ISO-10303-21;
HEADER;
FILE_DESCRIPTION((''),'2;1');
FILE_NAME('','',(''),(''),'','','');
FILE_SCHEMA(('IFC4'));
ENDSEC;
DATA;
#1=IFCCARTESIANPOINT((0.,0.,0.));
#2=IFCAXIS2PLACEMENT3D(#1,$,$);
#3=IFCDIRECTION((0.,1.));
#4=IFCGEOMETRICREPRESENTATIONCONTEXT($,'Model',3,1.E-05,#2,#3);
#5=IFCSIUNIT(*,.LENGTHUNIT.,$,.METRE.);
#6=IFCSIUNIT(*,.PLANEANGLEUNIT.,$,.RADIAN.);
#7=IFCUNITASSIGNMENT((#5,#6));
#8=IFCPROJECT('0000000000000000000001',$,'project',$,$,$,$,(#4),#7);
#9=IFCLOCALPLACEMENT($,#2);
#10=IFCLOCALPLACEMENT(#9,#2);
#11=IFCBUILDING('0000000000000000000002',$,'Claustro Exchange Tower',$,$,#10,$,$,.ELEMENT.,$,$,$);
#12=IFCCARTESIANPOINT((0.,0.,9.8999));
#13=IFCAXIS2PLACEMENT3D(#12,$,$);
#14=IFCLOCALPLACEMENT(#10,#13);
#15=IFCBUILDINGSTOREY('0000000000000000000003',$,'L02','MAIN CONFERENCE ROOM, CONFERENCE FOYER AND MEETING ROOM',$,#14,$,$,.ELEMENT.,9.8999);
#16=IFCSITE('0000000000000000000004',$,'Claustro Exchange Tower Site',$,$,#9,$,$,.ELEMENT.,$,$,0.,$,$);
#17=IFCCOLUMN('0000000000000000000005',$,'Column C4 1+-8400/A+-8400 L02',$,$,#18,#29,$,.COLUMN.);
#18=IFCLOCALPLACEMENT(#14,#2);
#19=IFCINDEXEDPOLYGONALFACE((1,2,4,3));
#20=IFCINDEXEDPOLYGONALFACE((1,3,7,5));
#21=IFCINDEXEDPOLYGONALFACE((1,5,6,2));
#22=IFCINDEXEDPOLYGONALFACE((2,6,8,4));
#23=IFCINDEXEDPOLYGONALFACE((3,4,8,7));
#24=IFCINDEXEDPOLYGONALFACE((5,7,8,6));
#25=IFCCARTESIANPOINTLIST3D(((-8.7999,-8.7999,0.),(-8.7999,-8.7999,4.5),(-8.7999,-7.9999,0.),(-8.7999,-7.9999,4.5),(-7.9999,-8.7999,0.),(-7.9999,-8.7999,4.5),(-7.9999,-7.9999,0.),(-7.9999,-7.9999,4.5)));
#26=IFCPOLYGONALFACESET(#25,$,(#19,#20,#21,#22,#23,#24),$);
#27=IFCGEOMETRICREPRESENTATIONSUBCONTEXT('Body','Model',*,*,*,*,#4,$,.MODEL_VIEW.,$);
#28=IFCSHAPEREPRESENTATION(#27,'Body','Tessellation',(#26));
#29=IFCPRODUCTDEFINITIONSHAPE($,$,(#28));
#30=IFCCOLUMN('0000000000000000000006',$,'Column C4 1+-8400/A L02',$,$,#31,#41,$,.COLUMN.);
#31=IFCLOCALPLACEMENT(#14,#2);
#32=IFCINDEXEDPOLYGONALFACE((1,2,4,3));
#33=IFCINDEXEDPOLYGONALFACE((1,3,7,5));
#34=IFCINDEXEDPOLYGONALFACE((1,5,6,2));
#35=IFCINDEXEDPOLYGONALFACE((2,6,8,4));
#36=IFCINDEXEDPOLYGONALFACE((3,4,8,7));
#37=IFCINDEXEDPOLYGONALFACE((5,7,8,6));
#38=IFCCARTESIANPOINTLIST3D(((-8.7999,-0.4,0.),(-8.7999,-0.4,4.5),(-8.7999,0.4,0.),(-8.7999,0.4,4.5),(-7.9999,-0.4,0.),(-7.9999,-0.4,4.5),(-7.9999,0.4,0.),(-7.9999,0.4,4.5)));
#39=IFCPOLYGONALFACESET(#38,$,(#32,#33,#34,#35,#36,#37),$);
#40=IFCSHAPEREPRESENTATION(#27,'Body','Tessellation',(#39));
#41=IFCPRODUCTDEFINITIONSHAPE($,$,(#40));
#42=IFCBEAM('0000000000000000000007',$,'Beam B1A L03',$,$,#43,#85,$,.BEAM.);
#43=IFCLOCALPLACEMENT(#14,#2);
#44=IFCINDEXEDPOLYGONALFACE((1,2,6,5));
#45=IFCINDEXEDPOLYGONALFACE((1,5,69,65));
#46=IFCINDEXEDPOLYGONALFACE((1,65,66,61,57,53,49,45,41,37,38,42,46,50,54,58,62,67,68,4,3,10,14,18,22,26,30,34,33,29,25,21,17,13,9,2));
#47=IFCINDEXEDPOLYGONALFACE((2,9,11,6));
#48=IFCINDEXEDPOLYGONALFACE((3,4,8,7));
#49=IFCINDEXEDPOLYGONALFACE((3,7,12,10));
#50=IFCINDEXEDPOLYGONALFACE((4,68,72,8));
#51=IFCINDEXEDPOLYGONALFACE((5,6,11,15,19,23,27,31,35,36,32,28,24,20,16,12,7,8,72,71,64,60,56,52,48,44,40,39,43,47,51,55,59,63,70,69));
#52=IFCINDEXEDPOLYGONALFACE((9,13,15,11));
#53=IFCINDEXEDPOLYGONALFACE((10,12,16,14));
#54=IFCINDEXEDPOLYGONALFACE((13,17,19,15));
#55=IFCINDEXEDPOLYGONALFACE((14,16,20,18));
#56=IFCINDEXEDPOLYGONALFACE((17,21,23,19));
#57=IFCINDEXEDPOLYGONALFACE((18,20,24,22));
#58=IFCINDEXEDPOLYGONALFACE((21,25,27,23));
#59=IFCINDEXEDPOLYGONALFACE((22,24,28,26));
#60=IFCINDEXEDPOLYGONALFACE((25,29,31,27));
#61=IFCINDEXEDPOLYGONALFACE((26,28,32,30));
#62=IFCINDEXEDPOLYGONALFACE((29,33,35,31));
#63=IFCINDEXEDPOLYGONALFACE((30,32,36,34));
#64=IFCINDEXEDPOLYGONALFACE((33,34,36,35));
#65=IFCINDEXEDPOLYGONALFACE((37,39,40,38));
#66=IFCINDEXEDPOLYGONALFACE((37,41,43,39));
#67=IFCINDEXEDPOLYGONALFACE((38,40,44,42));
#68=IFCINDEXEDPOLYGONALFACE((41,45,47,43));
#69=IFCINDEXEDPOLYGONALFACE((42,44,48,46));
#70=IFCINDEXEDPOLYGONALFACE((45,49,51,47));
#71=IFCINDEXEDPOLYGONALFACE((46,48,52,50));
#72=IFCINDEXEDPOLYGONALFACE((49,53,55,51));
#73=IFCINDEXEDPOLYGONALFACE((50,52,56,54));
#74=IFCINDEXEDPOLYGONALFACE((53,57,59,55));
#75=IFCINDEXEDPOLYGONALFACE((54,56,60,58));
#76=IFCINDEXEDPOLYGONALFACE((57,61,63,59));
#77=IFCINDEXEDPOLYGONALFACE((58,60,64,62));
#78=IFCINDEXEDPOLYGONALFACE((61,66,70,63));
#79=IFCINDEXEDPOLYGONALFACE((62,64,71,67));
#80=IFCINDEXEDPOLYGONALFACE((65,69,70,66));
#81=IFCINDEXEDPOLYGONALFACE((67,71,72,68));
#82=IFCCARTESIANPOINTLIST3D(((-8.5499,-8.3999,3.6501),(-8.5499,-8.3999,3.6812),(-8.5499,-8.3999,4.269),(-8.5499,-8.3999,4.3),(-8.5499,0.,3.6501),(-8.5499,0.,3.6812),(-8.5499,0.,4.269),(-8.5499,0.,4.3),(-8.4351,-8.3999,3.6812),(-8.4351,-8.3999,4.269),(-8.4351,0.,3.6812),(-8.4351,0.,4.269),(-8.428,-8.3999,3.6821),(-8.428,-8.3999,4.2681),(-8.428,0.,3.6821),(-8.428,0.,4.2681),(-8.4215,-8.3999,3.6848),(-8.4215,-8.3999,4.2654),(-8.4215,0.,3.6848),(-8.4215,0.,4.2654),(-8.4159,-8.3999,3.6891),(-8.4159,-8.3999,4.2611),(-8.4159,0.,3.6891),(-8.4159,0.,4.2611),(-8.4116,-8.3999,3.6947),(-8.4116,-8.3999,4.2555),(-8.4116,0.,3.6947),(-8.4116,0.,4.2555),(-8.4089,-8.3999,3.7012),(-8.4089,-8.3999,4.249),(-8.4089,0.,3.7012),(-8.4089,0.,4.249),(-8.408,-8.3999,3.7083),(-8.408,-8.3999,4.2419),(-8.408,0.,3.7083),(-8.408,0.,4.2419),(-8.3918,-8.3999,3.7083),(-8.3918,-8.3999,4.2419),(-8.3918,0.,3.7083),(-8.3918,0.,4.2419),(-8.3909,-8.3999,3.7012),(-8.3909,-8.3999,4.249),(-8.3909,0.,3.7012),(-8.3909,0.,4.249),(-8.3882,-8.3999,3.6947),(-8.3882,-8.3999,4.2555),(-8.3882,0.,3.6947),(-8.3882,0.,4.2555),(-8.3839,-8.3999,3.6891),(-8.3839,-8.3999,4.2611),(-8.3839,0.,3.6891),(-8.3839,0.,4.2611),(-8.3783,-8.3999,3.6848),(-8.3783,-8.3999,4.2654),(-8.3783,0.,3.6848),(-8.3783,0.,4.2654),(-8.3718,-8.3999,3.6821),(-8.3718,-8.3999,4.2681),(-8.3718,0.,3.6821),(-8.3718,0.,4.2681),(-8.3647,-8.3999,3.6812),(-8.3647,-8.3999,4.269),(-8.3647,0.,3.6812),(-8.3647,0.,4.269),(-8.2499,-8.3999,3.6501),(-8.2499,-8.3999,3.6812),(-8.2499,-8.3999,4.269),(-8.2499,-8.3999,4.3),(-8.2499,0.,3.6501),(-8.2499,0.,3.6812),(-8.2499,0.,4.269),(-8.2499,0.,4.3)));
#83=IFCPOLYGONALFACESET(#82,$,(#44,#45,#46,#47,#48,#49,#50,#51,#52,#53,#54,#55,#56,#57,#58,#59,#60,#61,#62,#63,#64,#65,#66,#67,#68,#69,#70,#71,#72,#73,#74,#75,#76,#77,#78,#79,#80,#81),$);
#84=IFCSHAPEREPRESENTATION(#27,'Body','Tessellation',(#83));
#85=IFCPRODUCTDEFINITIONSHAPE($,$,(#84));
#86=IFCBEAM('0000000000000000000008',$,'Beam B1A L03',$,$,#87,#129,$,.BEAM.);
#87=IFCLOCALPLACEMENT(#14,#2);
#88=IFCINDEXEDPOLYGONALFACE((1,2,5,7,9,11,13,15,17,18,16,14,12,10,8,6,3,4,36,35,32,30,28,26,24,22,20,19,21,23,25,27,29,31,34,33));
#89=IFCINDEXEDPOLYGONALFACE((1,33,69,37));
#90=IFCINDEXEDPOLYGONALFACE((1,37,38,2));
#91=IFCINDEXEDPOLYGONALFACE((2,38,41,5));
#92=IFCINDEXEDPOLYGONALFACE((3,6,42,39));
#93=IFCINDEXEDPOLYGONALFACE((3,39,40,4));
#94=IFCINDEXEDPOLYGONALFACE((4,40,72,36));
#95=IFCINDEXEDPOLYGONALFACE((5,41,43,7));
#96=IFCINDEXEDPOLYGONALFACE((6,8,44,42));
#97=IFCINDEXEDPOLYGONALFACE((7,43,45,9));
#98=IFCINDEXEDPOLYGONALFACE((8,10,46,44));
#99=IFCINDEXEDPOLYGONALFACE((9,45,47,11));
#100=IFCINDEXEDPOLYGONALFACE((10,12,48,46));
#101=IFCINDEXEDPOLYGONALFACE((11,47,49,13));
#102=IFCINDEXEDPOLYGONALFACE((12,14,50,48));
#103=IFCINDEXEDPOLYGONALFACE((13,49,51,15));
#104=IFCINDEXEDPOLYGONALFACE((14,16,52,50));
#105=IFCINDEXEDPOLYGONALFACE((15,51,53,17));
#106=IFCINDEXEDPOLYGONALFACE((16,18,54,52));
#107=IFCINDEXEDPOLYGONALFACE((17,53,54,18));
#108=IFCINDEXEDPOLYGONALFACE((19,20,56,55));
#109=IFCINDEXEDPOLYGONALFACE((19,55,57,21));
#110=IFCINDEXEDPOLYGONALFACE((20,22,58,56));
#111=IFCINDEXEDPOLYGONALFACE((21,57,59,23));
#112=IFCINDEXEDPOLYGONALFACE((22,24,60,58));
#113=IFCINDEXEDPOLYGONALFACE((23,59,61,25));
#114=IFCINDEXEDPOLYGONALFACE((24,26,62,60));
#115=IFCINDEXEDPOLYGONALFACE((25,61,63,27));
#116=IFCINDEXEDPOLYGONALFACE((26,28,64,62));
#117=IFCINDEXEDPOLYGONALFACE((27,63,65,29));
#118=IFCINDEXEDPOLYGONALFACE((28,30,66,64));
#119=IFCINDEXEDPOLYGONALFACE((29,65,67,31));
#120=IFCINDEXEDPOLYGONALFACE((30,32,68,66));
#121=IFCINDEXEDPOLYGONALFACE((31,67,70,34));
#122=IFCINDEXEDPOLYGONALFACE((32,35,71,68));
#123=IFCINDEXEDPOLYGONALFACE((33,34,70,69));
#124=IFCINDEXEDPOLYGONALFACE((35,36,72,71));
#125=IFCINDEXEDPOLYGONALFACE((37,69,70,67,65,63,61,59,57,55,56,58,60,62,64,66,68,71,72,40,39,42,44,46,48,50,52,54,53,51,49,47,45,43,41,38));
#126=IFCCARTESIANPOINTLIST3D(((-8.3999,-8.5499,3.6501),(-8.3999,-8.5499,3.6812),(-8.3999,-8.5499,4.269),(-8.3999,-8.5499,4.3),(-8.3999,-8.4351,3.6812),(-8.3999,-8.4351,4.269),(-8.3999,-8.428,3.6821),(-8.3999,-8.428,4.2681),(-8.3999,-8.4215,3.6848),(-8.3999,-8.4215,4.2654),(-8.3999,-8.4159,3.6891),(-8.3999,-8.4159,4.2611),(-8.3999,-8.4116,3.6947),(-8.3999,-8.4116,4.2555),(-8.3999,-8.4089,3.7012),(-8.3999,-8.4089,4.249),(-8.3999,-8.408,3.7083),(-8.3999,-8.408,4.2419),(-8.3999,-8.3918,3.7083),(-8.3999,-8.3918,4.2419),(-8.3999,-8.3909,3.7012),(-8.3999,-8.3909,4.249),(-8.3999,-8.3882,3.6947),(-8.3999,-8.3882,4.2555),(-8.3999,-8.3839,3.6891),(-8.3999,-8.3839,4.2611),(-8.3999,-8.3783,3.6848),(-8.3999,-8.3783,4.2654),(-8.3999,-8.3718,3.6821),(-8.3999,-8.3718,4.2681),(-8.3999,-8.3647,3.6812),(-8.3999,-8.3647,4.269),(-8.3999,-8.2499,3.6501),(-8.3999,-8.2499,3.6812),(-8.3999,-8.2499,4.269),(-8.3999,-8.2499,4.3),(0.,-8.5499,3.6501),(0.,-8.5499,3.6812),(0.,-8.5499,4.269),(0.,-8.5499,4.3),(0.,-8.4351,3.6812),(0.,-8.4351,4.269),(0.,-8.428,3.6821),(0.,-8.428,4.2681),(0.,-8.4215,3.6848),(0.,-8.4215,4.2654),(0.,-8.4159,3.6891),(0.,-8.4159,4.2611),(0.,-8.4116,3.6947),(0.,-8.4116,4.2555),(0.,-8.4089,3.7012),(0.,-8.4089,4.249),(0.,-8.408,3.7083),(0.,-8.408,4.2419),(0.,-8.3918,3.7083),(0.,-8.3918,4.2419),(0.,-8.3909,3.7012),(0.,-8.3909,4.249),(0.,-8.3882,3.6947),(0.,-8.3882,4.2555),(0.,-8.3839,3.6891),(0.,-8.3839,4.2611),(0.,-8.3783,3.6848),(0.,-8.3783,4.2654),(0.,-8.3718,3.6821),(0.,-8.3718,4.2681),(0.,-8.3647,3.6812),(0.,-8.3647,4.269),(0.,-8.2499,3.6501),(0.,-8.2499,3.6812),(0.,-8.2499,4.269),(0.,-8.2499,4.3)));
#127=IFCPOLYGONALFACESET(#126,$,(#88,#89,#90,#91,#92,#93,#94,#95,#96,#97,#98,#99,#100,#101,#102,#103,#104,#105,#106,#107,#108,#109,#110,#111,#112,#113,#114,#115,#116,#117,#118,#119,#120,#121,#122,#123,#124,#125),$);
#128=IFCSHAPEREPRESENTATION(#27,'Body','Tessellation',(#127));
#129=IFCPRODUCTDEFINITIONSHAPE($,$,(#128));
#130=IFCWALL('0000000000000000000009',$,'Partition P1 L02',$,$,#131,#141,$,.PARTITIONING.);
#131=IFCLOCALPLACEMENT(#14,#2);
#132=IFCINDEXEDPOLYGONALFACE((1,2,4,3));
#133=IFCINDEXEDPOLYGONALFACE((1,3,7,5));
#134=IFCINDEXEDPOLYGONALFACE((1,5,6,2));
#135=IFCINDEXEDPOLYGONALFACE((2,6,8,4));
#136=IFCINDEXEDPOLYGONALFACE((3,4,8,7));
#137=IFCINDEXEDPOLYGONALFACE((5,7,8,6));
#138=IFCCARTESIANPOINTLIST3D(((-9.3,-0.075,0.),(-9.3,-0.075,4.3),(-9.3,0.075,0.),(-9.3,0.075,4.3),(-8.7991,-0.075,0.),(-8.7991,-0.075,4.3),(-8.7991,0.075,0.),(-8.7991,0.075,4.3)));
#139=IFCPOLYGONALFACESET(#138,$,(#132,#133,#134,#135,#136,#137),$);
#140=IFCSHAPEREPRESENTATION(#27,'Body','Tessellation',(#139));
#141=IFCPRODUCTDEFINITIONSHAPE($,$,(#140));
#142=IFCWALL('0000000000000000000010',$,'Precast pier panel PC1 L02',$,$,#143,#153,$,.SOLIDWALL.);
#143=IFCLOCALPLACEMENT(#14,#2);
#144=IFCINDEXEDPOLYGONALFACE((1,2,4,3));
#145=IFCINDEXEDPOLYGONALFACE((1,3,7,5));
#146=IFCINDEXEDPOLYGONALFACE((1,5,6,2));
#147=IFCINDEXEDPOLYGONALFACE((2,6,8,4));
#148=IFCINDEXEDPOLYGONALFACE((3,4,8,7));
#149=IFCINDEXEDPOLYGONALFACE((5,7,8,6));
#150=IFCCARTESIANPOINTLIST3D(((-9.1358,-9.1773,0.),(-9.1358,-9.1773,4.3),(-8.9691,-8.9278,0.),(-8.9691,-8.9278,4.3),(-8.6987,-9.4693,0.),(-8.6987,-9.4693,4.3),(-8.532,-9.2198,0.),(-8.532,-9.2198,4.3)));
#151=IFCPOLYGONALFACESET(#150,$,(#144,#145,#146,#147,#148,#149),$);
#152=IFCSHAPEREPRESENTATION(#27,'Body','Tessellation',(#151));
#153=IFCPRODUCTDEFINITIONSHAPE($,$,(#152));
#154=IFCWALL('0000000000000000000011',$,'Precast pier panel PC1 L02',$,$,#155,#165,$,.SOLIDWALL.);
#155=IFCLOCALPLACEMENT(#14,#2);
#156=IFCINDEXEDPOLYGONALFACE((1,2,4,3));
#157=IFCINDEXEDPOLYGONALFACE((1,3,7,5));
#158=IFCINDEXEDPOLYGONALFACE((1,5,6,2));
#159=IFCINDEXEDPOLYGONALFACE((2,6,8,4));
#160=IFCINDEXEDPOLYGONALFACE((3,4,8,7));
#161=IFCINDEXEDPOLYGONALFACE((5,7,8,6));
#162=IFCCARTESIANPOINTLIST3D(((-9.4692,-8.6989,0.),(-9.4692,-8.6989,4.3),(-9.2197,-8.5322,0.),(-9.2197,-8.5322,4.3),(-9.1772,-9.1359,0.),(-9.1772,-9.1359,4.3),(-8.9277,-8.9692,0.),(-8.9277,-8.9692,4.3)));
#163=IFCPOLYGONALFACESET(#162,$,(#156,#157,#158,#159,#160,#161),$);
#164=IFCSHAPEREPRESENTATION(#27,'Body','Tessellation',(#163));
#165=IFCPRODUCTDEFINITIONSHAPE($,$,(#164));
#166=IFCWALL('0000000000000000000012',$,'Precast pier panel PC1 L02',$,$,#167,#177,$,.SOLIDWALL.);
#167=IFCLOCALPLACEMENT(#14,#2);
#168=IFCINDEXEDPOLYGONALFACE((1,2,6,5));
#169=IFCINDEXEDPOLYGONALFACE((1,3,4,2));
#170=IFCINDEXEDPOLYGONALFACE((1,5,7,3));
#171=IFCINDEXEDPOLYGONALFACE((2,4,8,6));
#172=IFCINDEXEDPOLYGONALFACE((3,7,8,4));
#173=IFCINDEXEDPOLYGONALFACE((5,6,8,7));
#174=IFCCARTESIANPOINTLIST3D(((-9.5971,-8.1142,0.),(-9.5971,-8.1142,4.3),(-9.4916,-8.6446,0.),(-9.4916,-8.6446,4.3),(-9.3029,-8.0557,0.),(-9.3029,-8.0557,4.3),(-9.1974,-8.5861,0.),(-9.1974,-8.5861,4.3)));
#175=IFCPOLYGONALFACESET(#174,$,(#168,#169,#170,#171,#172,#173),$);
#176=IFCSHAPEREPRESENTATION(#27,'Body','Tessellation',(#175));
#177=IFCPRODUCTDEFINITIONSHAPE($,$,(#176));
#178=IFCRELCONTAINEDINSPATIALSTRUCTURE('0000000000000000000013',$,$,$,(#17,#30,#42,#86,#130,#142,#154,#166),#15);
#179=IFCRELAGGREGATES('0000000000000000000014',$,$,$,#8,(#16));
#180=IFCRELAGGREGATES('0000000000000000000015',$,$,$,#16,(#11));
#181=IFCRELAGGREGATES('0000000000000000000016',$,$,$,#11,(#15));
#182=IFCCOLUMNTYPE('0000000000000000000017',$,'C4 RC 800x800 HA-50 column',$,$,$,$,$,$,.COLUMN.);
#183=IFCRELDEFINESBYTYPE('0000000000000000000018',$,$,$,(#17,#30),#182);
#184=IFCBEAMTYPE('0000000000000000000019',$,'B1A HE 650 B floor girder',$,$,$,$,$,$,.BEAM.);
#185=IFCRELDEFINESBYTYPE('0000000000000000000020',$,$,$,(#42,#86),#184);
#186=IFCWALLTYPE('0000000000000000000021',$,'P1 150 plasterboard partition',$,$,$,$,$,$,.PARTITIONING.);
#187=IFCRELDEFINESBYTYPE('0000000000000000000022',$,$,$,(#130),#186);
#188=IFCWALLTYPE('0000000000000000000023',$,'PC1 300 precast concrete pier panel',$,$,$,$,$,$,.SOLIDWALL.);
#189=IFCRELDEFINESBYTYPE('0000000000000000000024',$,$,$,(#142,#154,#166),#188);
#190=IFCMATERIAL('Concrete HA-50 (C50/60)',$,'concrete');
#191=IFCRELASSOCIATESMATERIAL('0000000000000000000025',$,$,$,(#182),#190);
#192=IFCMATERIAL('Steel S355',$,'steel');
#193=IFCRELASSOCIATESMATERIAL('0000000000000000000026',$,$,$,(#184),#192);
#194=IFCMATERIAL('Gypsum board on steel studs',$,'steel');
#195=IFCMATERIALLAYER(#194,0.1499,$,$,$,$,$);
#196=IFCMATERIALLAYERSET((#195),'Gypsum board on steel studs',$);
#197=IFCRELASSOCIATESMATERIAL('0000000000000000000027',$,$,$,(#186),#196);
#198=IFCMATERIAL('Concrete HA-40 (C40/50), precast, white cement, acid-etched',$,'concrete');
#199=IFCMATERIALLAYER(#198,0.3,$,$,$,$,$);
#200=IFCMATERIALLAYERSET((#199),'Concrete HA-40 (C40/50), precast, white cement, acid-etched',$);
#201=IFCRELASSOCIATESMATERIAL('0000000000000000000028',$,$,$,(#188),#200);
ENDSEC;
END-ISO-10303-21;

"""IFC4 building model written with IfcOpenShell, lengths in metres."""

from ifc_helpers import new_model, si_unit, direction, frame, frame_2d, origin, origin_2d, place, context, subcontext, project, spatial, rectangle, i_section, extrude, material, layer, layer_set, material_profile, profile_set, type_object, element, save


model = new_model("IFC4")

# Units and contexts
model_context = context("Model", 3, precision=1e-05, world=origin(), true_north=direction((0.0, 1.0)))
body_context = subcontext(model_context, "Body", "Model", "MODEL_VIEW")
ifc_project = project(units=[si_unit("LENGTHUNIT", "METRE"), si_unit("PLANEANGLEUNIT", "RADIAN")], contexts=[model_context])

# Site, building, storey
site_placement = place(None, origin())
site = spatial("IfcSite", under=ifc_project, at=site_placement, Name="Claustro Exchange Tower Site", CompositionType="ELEMENT", RefElevation=0.0)
building_placement = place(site_placement, origin())
building = spatial("IfcBuilding", under=site, at=building_placement, Name="Claustro Exchange Tower", CompositionType="ELEMENT")
storey_placement = place(building_placement, frame((0.0, 0.0, 9.8999)))
storey = spatial("IfcBuildingStorey", under=building, at=storey_placement, Name="L02", Description="MAIN CONFERENCE ROOM, CONFERENCE FOYER AND MEETING ROOM", CompositionType="ELEMENT", Elevation=9.8999)

# Columns
ifc_material_1 = material(Name="Concrete HA-50 (C50/60)", Category="concrete")
ifc_material_profile_1 = material_profile(ifc_material_1, rectangle(XDim=0.8, YDim=0.8, at=origin_2d()), Name="RC 800x800")
ifc_profile_set_1 = profile_set([ifc_material_profile_1], Name="Concrete HA-50 (C50/60)")
column_type = type_object("IfcColumnType", Name="C4 RC 800x800 HA-50 column", PredefinedType="COLUMN", material=ifc_profile_set_1)
for number, where, z_axis, x_axis, name in (
    (1, (-8.3999, -8.3999, 0.0), (0.0, 0.0, 1.0), (1.0, 0.0, 0.0), "Column C4 1+-8400/A+-8400 L02"),
    (2, (-8.3999, 0.0, 0.0), (0.0, 0.0, 1.0), (1.0, 0.0, 0.0), "Column C4 1+-8400/A L02"),
):
    element("IfcColumn", number, at=place(storey_placement, frame(where, z_axis=z_axis, x_axis=x_axis)), inside=storey, type_object=column_type, Name=name, PredefinedType="COLUMN", context=body_context, shape_type="SweptSolid", body=[
        extrude(rectangle(XDim=0.8, YDim=0.8, at=origin_2d()), origin(), (0.0, 0.0, 1.0), 4.5),
    ])

# Beams
ifc_material_2 = material(Name="Steel S355", Category="steel")
ifc_material_profile_2 = material_profile(ifc_material_2, i_section(OverallWidth=0.3, OverallDepth=0.6499, WebThickness=0.0161, FlangeThickness=0.031, FilletRadius=0.0271, at=origin_2d()), Name="HE 650 B")
ifc_profile_set_2 = profile_set([ifc_material_profile_2], Name="Steel S355")
beam_type = type_object("IfcBeamType", Name="B1A HE 650 B floor girder", PredefinedType="BEAM", material=ifc_profile_set_2)
for number, where, z_axis, x_axis, name in (
    (3, (-8.3999, -8.3999, 3.9751), (0.0, 1.0, 0.0), (-1.0, 0.0, 0.0), "Beam B1A L03"),
    (4, (-8.3999, -8.3999, 3.9751), (1.0, 0.0, 0.0), (0.0, 1.0, 0.0), "Beam B1A L03"),
):
    element("IfcBeam", number, at=place(storey_placement, frame(where, z_axis=z_axis, x_axis=x_axis)), inside=storey, type_object=beam_type, Name=name, PredefinedType="BEAM", context=body_context, shape_type="SweptSolid", body=[
        extrude(i_section(OverallWidth=0.3, OverallDepth=0.6499, WebThickness=0.0161, FlangeThickness=0.031, FilletRadius=0.0271, at=origin_2d()), origin(), (0.0, 0.0, 1.0), 8.3999),
    ])

# Walls
ifc_material_3 = material(Name="Gypsum board on steel studs", Category="steel")
ifc_layer_1 = layer(ifc_material_3, 0.1499)
ifc_layer_set_1 = layer_set([ifc_layer_1], Name="Gypsum board on steel studs")
wall_type_1 = type_object("IfcWallType", Name="P1 150 plasterboard partition", PredefinedType="PARTITIONING", material=ifc_layer_set_1)
wall_1_placement = place(storey_placement, frame((-9.3, 0.0, 0.0), z_axis=(0.0, 0.0, 1.0), x_axis=(1.0, 0.0, 0.0)))
element("IfcWall", 5, at=wall_1_placement, inside=storey, type_object=wall_type_1, Name="Partition P1 L02", PredefinedType="PARTITIONING", context=body_context, shape_type="SweptSolid", body=[
    extrude(rectangle(XDim=0.501, YDim=0.1499, at=frame_2d((0.2505, 0.0))), origin(), (0.0, 0.0, 1.0), 4.3),
])
ifc_material_4 = material(Name="Concrete HA-40 (C40/50), precast, white cement, acid-etched", Category="concrete")
ifc_layer_2 = layer(ifc_material_4, 0.3)
ifc_layer_set_2 = layer_set([ifc_layer_2], Name="Concrete HA-40 (C40/50), precast, white cement, acid-etched")
wall_type_2 = type_object("IfcWallType", Name="PC1 300 precast concrete pier panel", PredefinedType="SOLIDWALL", material=ifc_layer_set_2)
for number, where, z_axis, x_axis, name in (
    (6, (-8.6155, -9.3445, 0.0), (0.0, 0.0, 1.0), (-0.831478, 0.555557, 0.0), "Precast pier panel PC1 L02"),
    (7, (-9.0525, -9.0525, 0.0), (0.0, 0.0, 1.0), (-0.555557, 0.831478, 0.0), "Precast pier panel PC1 L02"),
):
    element("IfcWall", number, at=place(storey_placement, frame(where, z_axis=z_axis, x_axis=x_axis)), inside=storey, type_object=wall_type_2, Name=name, PredefinedType="SOLIDWALL", context=body_context, shape_type="SweptSolid", body=[
        extrude(rectangle(XDim=0.5256, YDim=0.3, at=frame_2d((0.2627, 0.0))), origin(), (0.0, 0.0, 1.0), 4.3),
    ])
wall_2_placement = place(storey_placement, frame((-9.3445, -8.6155, 0.0), z_axis=(0.0, 0.0, 1.0), x_axis=(-0.195074, 0.980789, 0.0)))
element("IfcWall", 8, at=wall_2_placement, inside=storey, type_object=wall_type_2, Name="Precast pier panel PC1 L02", PredefinedType="SOLIDWALL", context=body_context, shape_type="SweptSolid", body=[
    extrude(rectangle(XDim=0.5408, YDim=0.3, at=frame_2d((0.2705, 0.0))), origin(), (0.0, 0.0, 1.0), 4.3),
])

save(model, "model.ifc")
